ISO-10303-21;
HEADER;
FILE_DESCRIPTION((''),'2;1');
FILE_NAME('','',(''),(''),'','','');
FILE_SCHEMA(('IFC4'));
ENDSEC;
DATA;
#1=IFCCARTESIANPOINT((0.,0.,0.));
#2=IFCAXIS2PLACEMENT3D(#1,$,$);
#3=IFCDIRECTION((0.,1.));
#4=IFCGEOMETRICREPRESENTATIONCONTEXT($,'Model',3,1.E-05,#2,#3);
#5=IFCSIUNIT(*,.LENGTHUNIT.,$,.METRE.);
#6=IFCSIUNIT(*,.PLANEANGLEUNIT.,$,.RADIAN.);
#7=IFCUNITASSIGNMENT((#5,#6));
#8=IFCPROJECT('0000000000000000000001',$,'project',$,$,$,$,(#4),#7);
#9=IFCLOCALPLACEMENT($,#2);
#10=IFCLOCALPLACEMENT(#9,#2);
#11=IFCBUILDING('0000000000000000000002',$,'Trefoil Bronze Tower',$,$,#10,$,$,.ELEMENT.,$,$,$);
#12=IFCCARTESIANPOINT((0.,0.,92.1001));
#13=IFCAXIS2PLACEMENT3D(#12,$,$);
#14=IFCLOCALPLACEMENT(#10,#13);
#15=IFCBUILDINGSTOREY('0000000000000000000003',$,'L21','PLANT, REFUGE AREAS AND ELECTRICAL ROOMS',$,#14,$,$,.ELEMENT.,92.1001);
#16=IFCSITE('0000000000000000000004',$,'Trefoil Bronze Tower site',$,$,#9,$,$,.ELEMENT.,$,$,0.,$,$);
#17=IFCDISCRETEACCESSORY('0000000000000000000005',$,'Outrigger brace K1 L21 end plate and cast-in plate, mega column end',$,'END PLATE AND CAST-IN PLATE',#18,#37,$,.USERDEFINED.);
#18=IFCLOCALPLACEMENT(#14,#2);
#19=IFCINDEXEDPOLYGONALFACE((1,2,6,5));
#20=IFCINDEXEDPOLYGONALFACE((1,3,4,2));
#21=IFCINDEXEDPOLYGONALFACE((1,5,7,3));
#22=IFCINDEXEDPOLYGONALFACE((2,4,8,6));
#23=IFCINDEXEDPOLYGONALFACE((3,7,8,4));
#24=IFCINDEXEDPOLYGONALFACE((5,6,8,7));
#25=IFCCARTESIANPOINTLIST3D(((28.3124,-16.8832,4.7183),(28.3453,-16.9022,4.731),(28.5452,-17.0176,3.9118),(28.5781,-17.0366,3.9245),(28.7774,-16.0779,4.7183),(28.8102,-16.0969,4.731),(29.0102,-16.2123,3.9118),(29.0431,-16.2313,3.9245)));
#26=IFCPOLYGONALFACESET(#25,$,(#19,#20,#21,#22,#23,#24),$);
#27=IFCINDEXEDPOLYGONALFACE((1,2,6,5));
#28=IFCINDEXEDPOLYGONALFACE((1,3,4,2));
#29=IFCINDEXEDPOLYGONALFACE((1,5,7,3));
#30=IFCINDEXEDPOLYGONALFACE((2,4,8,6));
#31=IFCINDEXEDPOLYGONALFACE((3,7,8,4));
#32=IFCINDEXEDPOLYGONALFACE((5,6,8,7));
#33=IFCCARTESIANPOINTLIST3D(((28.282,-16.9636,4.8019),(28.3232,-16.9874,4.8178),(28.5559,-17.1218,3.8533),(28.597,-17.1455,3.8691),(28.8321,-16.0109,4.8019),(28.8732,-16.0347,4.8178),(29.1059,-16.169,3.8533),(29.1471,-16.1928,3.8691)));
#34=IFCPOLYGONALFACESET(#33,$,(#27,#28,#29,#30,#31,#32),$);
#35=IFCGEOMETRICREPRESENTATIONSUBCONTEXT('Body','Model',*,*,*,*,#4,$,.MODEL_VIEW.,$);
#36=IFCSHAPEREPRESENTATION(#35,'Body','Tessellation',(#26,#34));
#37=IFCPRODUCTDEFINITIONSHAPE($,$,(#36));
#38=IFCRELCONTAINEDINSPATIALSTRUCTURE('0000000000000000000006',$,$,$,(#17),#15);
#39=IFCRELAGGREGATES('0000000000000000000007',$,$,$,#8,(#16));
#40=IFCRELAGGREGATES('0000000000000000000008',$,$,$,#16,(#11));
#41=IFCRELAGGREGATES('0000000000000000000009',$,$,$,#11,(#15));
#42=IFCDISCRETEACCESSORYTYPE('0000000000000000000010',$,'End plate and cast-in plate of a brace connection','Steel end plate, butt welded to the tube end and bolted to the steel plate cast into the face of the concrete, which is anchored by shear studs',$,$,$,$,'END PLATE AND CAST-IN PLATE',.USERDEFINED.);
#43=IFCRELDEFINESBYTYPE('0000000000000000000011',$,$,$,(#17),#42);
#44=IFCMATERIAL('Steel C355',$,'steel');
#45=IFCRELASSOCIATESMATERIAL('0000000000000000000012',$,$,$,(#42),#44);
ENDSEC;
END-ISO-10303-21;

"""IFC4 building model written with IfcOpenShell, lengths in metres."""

from ifc_helpers import new_model, si_unit, direction, frame, origin, origin_2d, place, context, subcontext, project, spatial, rectangle, extrude, material, type_object, element, save


model = new_model("IFC4")

# Units and contexts
model_context = context("Model", 3, precision=1e-05, world=origin(), true_north=direction((0.0, 1.0)))
body_context = subcontext(model_context, "Body", "Model", "MODEL_VIEW")
ifc_project = project(units=[si_unit("LENGTHUNIT", "METRE"), si_unit("PLANEANGLEUNIT", "RADIAN")], contexts=[model_context])

# Site, building, storey
site_placement = place(None, origin())
site = spatial("IfcSite", under=ifc_project, at=site_placement, Name="Trefoil Bronze Tower site", CompositionType="ELEMENT", RefElevation=0.0)
building_placement = place(site_placement, origin())
building = spatial("IfcBuilding", under=site, at=building_placement, Name="Trefoil Bronze Tower", CompositionType="ELEMENT")
storey_placement = place(building_placement, frame((0.0, 0.0, 92.1001)))
storey = spatial("IfcBuildingStorey", under=building, at=storey_placement, Name="L21", Description="PLANT, REFUGE AREAS AND ELECTRICAL ROOMS", CompositionType="ELEMENT", Elevation=92.1001)

# Discrete accessory
ifc_material_1 = material(Name="Steel C355", Category="steel")
discrete_accessory_type = type_object("IfcDiscreteAccessoryType", Name="End plate and cast-in plate of a brace connection", Description="Steel end plate, butt welded to the tube end and bolted to the steel plate cast into the face of the concrete, which is anchored by shear studs", ElementType="END PLATE AND CAST-IN PLATE", PredefinedType="USERDEFINED", material=ifc_material_1)
discrete_accessory_placement = place(storey_placement, frame((28.6941, -16.5664, 4.3276), z_axis=(-0.273861, 0.158114, 0.948683), x_axis=(-0.821584, 0.474342, -0.316228)))
element("IfcDiscreteAccessory", 1, at=discrete_accessory_placement, inside=storey, type_object=discrete_accessory_type, Name="Outrigger brace K1 L21 end plate and cast-in plate, mega column end", ObjectType="END PLATE AND CAST-IN PLATE", PredefinedType="USERDEFINED", context=body_context, shape_type="SweptSolid", body=[
    extrude(rectangle(XDim=0.04, YDim=0.9299, at=origin_2d()), frame((0.0198, 0.0002, -0.425)), (0.0, 0.0, 1.0), 0.8501),
    extrude(rectangle(XDim=0.05, YDim=1.1001, at=origin_2d()), frame((-0.0249, 0.0, -0.5)), (0.0, 0.0, 1.0), 1.0),
])

save(model, "model.ifc")
